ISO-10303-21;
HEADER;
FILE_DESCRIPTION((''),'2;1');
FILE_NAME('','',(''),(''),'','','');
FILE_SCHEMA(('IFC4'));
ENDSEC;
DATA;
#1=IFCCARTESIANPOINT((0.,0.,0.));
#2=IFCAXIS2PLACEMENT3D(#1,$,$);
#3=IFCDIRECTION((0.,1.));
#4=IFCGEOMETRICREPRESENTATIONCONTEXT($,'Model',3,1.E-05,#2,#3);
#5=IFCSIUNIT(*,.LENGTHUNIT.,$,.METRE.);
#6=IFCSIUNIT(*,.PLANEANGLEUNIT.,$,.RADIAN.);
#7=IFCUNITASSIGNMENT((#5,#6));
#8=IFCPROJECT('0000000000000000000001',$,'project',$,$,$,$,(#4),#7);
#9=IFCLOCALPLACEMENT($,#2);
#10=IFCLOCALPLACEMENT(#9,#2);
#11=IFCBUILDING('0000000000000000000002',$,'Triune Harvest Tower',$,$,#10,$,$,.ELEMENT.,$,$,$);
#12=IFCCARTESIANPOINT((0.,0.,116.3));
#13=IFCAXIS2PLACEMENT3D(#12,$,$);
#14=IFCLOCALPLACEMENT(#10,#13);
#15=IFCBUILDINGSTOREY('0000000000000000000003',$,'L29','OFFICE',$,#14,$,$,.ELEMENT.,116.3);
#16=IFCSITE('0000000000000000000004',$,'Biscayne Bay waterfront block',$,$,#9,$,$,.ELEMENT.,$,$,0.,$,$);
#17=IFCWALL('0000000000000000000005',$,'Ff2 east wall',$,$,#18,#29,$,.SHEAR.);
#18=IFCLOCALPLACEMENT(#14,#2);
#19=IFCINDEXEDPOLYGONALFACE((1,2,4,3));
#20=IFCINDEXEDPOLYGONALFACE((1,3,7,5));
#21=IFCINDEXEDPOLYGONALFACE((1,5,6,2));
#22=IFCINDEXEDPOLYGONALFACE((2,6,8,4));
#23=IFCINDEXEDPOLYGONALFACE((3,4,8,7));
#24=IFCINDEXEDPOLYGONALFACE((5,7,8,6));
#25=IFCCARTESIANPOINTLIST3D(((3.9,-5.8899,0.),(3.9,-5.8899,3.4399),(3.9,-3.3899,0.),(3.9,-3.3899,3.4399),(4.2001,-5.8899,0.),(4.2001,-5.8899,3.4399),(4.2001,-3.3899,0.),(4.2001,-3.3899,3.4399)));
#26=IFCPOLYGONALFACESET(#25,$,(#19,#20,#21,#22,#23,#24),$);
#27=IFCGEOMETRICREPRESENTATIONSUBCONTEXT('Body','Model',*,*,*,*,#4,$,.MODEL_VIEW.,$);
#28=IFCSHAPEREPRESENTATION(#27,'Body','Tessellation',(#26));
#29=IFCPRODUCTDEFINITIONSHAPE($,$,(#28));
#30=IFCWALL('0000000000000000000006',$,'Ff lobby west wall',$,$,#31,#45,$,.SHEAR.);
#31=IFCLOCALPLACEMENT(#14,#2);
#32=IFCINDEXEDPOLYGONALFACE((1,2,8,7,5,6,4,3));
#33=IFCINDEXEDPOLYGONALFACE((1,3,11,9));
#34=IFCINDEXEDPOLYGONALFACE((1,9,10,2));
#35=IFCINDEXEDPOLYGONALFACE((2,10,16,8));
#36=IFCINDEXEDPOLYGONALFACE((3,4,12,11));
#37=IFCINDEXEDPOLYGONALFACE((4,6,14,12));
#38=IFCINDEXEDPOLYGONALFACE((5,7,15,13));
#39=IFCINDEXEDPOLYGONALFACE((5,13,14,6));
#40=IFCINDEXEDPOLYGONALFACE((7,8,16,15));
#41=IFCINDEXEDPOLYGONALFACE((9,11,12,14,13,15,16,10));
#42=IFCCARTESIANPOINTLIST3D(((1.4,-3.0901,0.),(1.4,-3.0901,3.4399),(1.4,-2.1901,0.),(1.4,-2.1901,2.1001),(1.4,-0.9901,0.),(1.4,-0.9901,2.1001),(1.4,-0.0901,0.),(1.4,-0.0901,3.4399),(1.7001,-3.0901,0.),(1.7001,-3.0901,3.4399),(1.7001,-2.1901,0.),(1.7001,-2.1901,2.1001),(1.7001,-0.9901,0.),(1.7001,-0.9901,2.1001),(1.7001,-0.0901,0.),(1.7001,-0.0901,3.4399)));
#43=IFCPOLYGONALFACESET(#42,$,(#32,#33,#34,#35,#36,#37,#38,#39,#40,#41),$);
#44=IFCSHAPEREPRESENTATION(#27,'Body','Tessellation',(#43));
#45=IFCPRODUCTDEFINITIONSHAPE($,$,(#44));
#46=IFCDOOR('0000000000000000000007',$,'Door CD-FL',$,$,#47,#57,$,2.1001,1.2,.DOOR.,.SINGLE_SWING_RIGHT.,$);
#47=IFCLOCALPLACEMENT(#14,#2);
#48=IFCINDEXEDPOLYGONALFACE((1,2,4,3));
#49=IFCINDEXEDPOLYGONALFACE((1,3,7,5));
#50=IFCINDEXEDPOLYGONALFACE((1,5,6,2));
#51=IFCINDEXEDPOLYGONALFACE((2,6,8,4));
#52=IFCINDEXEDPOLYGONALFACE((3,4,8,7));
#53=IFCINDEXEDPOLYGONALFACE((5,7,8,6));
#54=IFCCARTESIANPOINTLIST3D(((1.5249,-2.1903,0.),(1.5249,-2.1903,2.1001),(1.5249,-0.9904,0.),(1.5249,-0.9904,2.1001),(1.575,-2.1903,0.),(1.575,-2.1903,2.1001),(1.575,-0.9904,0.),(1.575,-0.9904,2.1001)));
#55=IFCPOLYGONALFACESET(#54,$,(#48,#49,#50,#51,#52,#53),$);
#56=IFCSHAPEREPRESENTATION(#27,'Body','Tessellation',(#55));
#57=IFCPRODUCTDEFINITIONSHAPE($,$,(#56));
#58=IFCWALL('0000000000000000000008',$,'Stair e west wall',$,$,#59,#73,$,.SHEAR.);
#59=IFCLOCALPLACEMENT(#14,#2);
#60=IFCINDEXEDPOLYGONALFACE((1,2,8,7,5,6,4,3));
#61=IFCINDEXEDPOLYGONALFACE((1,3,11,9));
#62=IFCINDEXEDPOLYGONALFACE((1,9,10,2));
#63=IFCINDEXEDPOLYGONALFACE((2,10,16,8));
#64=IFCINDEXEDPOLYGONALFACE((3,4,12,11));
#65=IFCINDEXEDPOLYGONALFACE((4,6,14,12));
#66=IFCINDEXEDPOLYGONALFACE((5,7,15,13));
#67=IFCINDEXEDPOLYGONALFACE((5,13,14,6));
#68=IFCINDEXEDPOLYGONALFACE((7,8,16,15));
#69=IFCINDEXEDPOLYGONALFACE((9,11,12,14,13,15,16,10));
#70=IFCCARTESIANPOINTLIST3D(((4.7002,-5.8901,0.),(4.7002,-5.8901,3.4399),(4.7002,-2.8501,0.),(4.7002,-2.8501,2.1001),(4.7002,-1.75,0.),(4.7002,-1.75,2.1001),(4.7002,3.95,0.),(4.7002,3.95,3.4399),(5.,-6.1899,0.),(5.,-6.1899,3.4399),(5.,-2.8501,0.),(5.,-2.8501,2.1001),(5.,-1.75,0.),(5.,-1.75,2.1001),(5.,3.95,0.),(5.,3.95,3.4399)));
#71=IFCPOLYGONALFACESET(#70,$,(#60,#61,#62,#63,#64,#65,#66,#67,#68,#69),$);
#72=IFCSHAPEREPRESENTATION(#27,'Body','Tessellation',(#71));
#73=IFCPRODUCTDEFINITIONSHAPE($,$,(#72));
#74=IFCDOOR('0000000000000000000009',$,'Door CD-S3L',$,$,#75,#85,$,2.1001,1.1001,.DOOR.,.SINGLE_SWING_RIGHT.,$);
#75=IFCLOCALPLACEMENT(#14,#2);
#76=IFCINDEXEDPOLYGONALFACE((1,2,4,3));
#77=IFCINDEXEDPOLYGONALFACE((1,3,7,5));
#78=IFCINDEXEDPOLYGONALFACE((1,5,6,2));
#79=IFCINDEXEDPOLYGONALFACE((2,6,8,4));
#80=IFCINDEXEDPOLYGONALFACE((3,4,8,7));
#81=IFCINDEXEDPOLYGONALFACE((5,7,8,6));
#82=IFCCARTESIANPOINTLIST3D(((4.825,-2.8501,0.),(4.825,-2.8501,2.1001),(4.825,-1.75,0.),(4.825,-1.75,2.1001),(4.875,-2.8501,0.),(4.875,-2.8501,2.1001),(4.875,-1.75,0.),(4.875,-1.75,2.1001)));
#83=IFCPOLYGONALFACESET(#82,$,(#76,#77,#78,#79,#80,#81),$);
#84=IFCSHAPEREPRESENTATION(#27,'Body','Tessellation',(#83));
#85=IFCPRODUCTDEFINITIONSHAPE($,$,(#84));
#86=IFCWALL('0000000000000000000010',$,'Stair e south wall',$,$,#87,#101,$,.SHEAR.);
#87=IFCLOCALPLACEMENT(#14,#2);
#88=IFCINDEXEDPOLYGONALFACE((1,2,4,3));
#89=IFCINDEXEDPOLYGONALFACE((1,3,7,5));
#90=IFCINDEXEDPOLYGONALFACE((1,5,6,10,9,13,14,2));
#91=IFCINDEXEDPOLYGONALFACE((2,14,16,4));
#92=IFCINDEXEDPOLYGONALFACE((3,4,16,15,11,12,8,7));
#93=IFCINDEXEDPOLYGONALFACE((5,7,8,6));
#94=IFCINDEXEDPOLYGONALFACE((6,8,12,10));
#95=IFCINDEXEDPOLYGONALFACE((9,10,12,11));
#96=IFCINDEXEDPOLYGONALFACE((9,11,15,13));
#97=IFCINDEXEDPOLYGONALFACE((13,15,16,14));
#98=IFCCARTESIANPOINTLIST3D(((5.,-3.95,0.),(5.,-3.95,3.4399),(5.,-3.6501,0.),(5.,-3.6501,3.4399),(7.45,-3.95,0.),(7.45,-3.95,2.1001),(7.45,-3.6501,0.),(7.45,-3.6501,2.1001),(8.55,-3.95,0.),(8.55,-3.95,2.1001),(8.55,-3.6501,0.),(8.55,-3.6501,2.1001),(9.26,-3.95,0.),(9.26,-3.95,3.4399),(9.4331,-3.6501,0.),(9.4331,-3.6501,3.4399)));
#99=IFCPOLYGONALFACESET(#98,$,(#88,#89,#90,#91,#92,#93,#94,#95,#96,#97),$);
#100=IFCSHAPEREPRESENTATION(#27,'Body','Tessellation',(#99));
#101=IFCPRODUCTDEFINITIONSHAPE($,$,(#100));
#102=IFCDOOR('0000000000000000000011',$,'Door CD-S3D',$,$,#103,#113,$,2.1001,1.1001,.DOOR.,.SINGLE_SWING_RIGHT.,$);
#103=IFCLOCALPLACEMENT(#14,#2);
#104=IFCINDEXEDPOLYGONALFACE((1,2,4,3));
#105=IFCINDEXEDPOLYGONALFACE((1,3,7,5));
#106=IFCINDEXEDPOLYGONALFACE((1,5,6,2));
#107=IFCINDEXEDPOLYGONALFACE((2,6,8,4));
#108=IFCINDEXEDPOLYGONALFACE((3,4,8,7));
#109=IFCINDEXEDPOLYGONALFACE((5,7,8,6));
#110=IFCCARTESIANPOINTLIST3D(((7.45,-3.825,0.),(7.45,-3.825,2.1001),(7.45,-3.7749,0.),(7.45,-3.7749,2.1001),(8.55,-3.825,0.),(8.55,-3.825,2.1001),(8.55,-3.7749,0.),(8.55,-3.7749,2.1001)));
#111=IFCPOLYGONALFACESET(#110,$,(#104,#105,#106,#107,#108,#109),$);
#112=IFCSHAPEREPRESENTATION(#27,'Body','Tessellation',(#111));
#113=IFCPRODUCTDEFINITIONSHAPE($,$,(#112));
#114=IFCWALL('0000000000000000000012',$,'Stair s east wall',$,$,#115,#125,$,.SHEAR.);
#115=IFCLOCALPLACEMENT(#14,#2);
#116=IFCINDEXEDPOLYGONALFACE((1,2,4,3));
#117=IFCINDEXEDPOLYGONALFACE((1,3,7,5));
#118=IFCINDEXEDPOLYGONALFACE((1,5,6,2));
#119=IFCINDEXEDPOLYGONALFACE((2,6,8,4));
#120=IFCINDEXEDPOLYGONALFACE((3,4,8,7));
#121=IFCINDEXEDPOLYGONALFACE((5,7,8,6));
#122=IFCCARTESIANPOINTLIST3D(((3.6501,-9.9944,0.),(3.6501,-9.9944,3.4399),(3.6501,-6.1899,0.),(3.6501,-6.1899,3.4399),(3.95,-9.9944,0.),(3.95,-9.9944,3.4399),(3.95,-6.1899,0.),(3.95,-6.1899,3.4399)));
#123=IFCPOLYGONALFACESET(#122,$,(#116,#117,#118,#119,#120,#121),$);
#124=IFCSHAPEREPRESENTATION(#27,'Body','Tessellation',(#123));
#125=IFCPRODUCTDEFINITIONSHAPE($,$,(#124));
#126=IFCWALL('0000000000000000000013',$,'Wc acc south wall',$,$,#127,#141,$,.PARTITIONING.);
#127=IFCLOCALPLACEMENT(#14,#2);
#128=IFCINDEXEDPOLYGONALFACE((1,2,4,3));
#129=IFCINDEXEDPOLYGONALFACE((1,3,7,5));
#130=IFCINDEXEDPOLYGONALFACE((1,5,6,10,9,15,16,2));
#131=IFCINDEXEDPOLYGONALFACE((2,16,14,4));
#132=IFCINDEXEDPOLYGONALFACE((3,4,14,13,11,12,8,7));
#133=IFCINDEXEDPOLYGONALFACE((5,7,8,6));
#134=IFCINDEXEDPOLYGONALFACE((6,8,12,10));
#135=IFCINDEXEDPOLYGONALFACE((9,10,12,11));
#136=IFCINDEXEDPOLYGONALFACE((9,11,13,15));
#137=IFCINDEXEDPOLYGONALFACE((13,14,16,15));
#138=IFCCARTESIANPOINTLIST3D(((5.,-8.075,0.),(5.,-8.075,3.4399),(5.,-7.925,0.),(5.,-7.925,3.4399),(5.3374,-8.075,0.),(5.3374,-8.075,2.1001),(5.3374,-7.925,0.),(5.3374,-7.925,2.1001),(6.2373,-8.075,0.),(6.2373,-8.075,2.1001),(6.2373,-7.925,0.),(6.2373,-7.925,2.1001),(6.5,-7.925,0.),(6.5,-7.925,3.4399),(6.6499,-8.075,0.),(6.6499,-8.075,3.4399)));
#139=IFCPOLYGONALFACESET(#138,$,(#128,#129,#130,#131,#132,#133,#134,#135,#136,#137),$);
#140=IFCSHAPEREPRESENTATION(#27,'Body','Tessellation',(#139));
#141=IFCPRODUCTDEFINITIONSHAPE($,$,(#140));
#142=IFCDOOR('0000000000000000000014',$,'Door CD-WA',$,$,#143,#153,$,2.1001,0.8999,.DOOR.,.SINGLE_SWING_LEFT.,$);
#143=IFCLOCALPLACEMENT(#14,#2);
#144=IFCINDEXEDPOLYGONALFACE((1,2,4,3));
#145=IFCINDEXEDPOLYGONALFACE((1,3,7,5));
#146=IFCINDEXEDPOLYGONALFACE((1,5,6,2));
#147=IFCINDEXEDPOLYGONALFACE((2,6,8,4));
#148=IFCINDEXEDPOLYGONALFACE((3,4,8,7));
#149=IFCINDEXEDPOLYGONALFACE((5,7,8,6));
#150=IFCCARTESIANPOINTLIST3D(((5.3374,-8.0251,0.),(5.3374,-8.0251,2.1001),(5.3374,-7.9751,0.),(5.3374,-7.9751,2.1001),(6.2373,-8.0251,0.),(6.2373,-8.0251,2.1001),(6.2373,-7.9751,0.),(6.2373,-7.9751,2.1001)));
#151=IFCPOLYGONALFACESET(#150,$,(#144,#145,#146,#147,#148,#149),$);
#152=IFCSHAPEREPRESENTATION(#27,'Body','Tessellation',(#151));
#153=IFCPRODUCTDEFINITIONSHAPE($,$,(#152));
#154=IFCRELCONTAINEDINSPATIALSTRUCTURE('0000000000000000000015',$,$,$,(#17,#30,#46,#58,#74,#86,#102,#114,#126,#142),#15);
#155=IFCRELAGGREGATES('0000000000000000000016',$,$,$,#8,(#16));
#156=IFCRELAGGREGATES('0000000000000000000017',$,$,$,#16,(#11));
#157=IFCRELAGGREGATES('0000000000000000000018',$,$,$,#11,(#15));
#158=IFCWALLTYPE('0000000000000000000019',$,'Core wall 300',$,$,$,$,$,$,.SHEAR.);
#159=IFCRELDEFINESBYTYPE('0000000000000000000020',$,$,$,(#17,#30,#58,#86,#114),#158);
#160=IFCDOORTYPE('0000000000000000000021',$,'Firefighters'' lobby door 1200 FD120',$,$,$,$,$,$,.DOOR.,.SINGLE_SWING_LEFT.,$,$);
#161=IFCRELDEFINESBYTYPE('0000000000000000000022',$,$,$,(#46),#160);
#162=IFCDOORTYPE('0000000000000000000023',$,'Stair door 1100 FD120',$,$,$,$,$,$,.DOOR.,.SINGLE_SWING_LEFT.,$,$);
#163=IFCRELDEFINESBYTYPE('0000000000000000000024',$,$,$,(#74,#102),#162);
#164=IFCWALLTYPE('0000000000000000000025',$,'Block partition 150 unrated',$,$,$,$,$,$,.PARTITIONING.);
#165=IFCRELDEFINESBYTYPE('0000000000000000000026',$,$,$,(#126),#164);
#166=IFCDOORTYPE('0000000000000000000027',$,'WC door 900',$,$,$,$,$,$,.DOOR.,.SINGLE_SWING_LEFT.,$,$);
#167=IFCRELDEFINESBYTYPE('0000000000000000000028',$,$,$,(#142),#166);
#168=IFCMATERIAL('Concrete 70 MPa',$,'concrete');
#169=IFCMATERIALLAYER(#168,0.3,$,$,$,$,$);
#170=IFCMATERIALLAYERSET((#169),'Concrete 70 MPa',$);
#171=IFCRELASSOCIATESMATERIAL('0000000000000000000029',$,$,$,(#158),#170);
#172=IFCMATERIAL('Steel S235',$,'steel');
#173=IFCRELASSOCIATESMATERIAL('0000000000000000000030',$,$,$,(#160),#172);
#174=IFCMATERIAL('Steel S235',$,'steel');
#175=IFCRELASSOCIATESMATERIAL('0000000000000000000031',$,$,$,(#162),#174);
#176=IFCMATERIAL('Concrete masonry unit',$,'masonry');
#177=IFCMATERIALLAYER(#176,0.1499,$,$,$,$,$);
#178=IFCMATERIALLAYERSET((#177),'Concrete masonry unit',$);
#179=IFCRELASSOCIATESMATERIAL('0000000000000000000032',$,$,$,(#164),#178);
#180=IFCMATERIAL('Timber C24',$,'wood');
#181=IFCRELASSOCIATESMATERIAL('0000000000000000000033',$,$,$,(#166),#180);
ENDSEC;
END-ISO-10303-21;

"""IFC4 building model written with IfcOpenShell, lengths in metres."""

from ifc_helpers import new_model, si_unit, direction, frame, frame_2d, origin, place, context, subcontext, project, spatial, polyline, rectangle, outline, extrude, source, transform, mapped, material, layer, layer_set, type_object, element, fill, save


model = new_model("IFC4")

# Units and contexts
model_context = context("Model", 3, precision=1e-05, world=origin(), true_north=direction((0.0, 1.0)))
body_context = subcontext(model_context, "Body", "Model", "MODEL_VIEW")
ifc_project = project(units=[si_unit("LENGTHUNIT", "METRE"), si_unit("PLANEANGLEUNIT", "RADIAN")], contexts=[model_context])

# Site, building, storey
site_placement = place(None, origin())
site = spatial("IfcSite", under=ifc_project, at=site_placement, Name="Biscayne Bay waterfront block", CompositionType="ELEMENT", RefElevation=0.0)
building_placement = place(site_placement, origin())
building = spatial("IfcBuilding", under=site, at=building_placement, Name="Triune Harvest Tower", CompositionType="ELEMENT")
storey_placement = place(building_placement, frame((0.0, 0.0, 116.3)))
storey = spatial("IfcBuildingStorey", under=building, at=storey_placement, Name="L29", Description="OFFICE", CompositionType="ELEMENT", Elevation=116.3)

# Wall
ifc_material_1 = material(Name="Concrete 70 MPa", Category="concrete")
ifc_layer_1 = layer(ifc_material_1, 0.3)
ifc_layer_set_1 = layer_set([ifc_layer_1], Name="Concrete 70 MPa")
wall_type_1 = type_object("IfcWallType", Name="Core wall 300", PredefinedType="SHEAR", material=ifc_layer_set_1)
shared_shape_1 = source(origin(), body_context, "Body", "SweptSolid", [
    extrude(rectangle(XDim=2.5, YDim=0.3, at=frame_2d((1.25, 0.0))), origin(), (0.0, 0.0, 1.0), 3.4399),
])
wall_1_placement = place(storey_placement, frame((4.05, -5.8899, 0.0), z_axis=(0.0, 0.0, 1.0), x_axis=(0.0, 1.0, 0.0)))
element("IfcWall", 1, at=wall_1_placement, inside=storey, type_object=wall_type_1, Name="Ff2 east wall", PredefinedType="SHEAR", context=body_context, shape_type="MappedRepresentation", body=[
    mapped(shared_shape_1, transform((0.0, 0.0, 0.0), scale=1.0)),
])

# Walls, openings, doors
shared_shape_2 = source(origin(), body_context, "Body", "SweptSolid", [
    extrude(rectangle(XDim=3.0, YDim=0.3, at=frame_2d((1.5, 0.0))), origin(), (0.0, 0.0, 1.0), 3.4399),
])
wall_2_placement = place(storey_placement, frame((1.55, -3.0901, 0.0), z_axis=(0.0, 0.0, 1.0), x_axis=(0.0, 1.0, 0.0)))
wall_2 = element("IfcWall", 2, at=wall_2_placement, inside=storey, type_object=wall_type_1, Name="Ff lobby west wall", PredefinedType="SHEAR", context=body_context, shape_type="MappedRepresentation", body=[
    mapped(shared_shape_2, transform((0.0, 0.0, 0.0), scale=1.0)),
])
opening_1_placement = place(wall_2_placement, frame((0.8999, 0.0, 0.0)))
opening_1 = element("IfcOpeningElement", 3, at=opening_1_placement, cuts=wall_2, PredefinedType="OPENING", context=body_context, shape_type="SweptSolid", body=[
    extrude(rectangle(XDim=1.2, YDim=2.1001, at=frame_2d((0.6001, 1.05))), frame((0.0, 0.1602, 0.0), z_axis=(0.0, -1.0, 0.0), x_axis=(1.0, 0.0, 0.0)), (0.0, 0.0, 1.0), 0.3201),
])
ifc_material_2 = material(Name="Steel S235", Category="steel")
door_type_1 = type_object("IfcDoorType", Name="Firefighters' lobby door 1200 FD120", OperationType="SINGLE_SWING_LEFT", PredefinedType="DOOR", material=ifc_material_2)
door_1_placement = place(opening_1_placement, frame((1.2, 0.0, 0.0), z_axis=(0.0, 0.0, 1.0), x_axis=(-1.0, 0.0, 0.0)))
door_1 = element("IfcDoor", 4, at=door_1_placement, inside=storey, type_object=door_type_1, Name="Door CD-FL", OperationType="SINGLE_SWING_RIGHT", OverallHeight=2.1001, OverallWidth=1.2, PredefinedType="DOOR", context=body_context, shape_type="SweptSolid", body=[
    extrude(rectangle(XDim=1.2, YDim=2.1001, at=frame_2d((0.6001, 1.05))), frame((0.0, 0.0249, 0.0), z_axis=(0.0, -1.0, 0.0), x_axis=(1.0, 0.0, 0.0)), (0.0, 0.0, 1.0), 0.05),
])
fill(opening_1, door_1)
shared_shape_3 = source(origin(), body_context, "Body", "SweptSolid", [
    extrude(outline(polyline([(-0.1499, -0.1499), (9.99, -0.1499), (9.99, 0.1499), (0.1499, 0.1499), (-0.1499, -0.1499)])), origin(), (0.0, 0.0, 1.0), 3.4399),
])
wall_3_placement = place(storey_placement, frame((4.8501, -6.04, 0.0), z_axis=(0.0, 0.0, 1.0), x_axis=(0.0, 1.0, 0.0)))
wall_3 = element("IfcWall", 5, at=wall_3_placement, inside=storey, type_object=wall_type_1, Name="Stair e west wall", PredefinedType="SHEAR", context=body_context, shape_type="MappedRepresentation", body=[
    mapped(shared_shape_3, transform((0.0, 0.0, 0.0), scale=1.0)),
])
opening_2_placement = place(wall_3_placement, frame((3.1899, 0.0, 0.0)))
opening_2 = element("IfcOpeningElement", 6, at=opening_2_placement, cuts=wall_3, PredefinedType="OPENING", context=body_context, shape_type="SweptSolid", body=[
    extrude(rectangle(XDim=1.1001, YDim=2.1001, at=frame_2d((0.55, 1.05))), frame((0.0, 0.1602, 0.0), z_axis=(0.0, -1.0, 0.0), x_axis=(1.0, 0.0, 0.0)), (0.0, 0.0, 1.0), 0.3201),
])
ifc_material_3 = material(Name="Steel S235", Category="steel")
door_type_2 = type_object("IfcDoorType", Name="Stair door 1100 FD120", OperationType="SINGLE_SWING_LEFT", PredefinedType="DOOR", material=ifc_material_3)
door_2_placement = place(opening_2_placement, frame((1.1001, 0.0, 0.0), z_axis=(0.0, 0.0, 1.0), x_axis=(-1.0, 0.0, 0.0)))
door_2 = element("IfcDoor", 7, at=door_2_placement, inside=storey, type_object=door_type_2, Name="Door CD-S3L", OperationType="SINGLE_SWING_RIGHT", OverallHeight=2.1001, OverallWidth=1.1001, PredefinedType="DOOR", context=body_context, shape_type="SweptSolid", body=[
    extrude(rectangle(XDim=1.1001, YDim=2.1001, at=frame_2d((0.55, 1.05))), frame((0.0, 0.0249, 0.0), z_axis=(0.0, -1.0, 0.0), x_axis=(1.0, 0.0, 0.0)), (0.0, 0.0, 1.0), 0.05),
])
fill(opening_2, door_2)
shared_shape_4 = source(origin(), body_context, "Body", "SweptSolid", [
    extrude(outline(polyline([(0.0, -0.1499), (0.0, 0.1499), (4.4331, 0.1499), (4.26, -0.1499), (0.0, -0.1499)])), origin(), (0.0, 0.0, 1.0), 3.4399),
])
wall_4_placement = place(storey_placement, frame((5.0, -3.8, 0.0), z_axis=(0.0, 0.0, 1.0), x_axis=(1.0, 0.0, 0.0)))
wall_4 = element("IfcWall", 8, at=wall_4_placement, inside=storey, type_object=wall_type_1, Name="Stair e south wall", PredefinedType="SHEAR", context=body_context, shape_type="MappedRepresentation", body=[
    mapped(shared_shape_4, transform((0.0, 0.0, 0.0), scale=1.0)),
])
opening_3_placement = place(wall_4_placement, frame((2.45, 0.0, 0.0)))
opening_3 = element("IfcOpeningElement", 9, at=opening_3_placement, cuts=wall_4, PredefinedType="OPENING", context=body_context, shape_type="SweptSolid", body=[
    extrude(rectangle(XDim=1.1001, YDim=2.1001, at=frame_2d((0.55, 1.05))), frame((0.0, 0.1602, 0.0), z_axis=(0.0, -1.0, 0.0), x_axis=(1.0, 0.0, 0.0)), (0.0, 0.0, 1.0), 0.3201),
])
door_3_placement = place(opening_3_placement, frame((1.1001, 0.0, 0.0), z_axis=(0.0, 0.0, 1.0), x_axis=(-1.0, 0.0, 0.0)))
door_3 = element("IfcDoor", 10, at=door_3_placement, inside=storey, type_object=door_type_2, Name="Door CD-S3D", OperationType="SINGLE_SWING_RIGHT", OverallHeight=2.1001, OverallWidth=1.1001, PredefinedType="DOOR", context=body_context, shape_type="SweptSolid", body=[
    extrude(rectangle(XDim=1.1001, YDim=2.1001, at=frame_2d((0.55, 1.05))), frame((0.0, 0.0249, 0.0), z_axis=(0.0, -1.0, 0.0), x_axis=(1.0, 0.0, 0.0)), (0.0, 0.0, 1.0), 0.05),
])
fill(opening_3, door_3)

# Wall
shared_shape_5 = source(origin(), body_context, "Body", "SweptSolid", [
    extrude(outline(polyline([(3.8, -0.1499), (-0.0044, -0.1499), (-0.0044, 0.1499), (3.8, 0.1499), (3.8, -0.1499)])), origin(), (0.0, 0.0, 1.0), 3.4399),
])
wall_5_placement = place(storey_placement, frame((3.8, -9.99, 0.0), z_axis=(0.0, 0.0, 1.0), x_axis=(0.0, 1.0, 0.0)))
element("IfcWall", 11, at=wall_5_placement, inside=storey, type_object=wall_type_1, Name="Stair s east wall", PredefinedType="SHEAR", context=body_context, shape_type="MappedRepresentation", body=[
    mapped(shared_shape_5, transform((0.0, 0.0, 0.0), scale=1.0)),
])

# Wall, opening, door
ifc_material_4 = material(Name="Concrete masonry unit", Category="masonry")
ifc_layer_2 = layer(ifc_material_4, 0.1499)
ifc_layer_set_2 = layer_set([ifc_layer_2], Name="Concrete masonry unit")
wall_type_2 = type_object("IfcWallType", Name="Block partition 150 unrated", PredefinedType="PARTITIONING", material=ifc_layer_set_2)
shared_shape_6 = source(origin(), body_context, "Body", "SweptSolid", [
    extrude(outline(polyline([(0.0, -0.075), (1.6499, -0.075), (1.5, 0.075), (0.0, 0.075), (0.0, -0.075)])), origin(), (0.0, 0.0, 1.0), 3.4399),
])
wall_6_placement = place(storey_placement, frame((5.0, -8.0, 0.0), z_axis=(0.0, 0.0, 1.0), x_axis=(1.0, 0.0, 0.0)))
wall_6 = element("IfcWall", 12, at=wall_6_placement, inside=storey, type_object=wall_type_2, Name="Wc acc south wall", PredefinedType="PARTITIONING", context=body_context, shape_type="MappedRepresentation", body=[
    mapped(shared_shape_6, transform((0.0, 0.0, 0.0), scale=1.0)),
])
opening_4_placement = place(wall_6_placement, frame((0.3374, 0.0, 0.0)))
opening_4 = element("IfcOpeningElement", 13, at=opening_4_placement, cuts=wall_6, PredefinedType="OPENING", context=body_context, shape_type="SweptSolid", body=[
    extrude(rectangle(XDim=0.8999, YDim=2.1001, at=frame_2d((0.45, 1.05))), frame((0.0, 0.085, 0.0), z_axis=(0.0, -1.0, 0.0), x_axis=(1.0, 0.0, 0.0)), (0.0, 0.0, 1.0), 0.1699),
])
ifc_material_5 = material(Name="Timber C24", Category="wood")
door_type_3 = type_object("IfcDoorType", Name="WC door 900", OperationType="SINGLE_SWING_LEFT", PredefinedType="DOOR", material=ifc_material_5)
door_4_placement = place(opening_4_placement, origin())
door_4 = element("IfcDoor", 14, at=door_4_placement, inside=storey, type_object=door_type_3, Name="Door CD-WA", OperationType="SINGLE_SWING_LEFT", OverallHeight=2.1001, OverallWidth=0.8999, PredefinedType="DOOR", context=body_context, shape_type="SweptSolid", body=[
    extrude(rectangle(XDim=0.8999, YDim=2.1001, at=frame_2d((0.45, 1.05))), frame((0.0, 0.0249, 0.0), z_axis=(0.0, -1.0, 0.0), x_axis=(1.0, 0.0, 0.0)), (0.0, 0.0, 1.0), 0.05),
])
fill(opening_4, door_4)

save(model, "model.ifc")
